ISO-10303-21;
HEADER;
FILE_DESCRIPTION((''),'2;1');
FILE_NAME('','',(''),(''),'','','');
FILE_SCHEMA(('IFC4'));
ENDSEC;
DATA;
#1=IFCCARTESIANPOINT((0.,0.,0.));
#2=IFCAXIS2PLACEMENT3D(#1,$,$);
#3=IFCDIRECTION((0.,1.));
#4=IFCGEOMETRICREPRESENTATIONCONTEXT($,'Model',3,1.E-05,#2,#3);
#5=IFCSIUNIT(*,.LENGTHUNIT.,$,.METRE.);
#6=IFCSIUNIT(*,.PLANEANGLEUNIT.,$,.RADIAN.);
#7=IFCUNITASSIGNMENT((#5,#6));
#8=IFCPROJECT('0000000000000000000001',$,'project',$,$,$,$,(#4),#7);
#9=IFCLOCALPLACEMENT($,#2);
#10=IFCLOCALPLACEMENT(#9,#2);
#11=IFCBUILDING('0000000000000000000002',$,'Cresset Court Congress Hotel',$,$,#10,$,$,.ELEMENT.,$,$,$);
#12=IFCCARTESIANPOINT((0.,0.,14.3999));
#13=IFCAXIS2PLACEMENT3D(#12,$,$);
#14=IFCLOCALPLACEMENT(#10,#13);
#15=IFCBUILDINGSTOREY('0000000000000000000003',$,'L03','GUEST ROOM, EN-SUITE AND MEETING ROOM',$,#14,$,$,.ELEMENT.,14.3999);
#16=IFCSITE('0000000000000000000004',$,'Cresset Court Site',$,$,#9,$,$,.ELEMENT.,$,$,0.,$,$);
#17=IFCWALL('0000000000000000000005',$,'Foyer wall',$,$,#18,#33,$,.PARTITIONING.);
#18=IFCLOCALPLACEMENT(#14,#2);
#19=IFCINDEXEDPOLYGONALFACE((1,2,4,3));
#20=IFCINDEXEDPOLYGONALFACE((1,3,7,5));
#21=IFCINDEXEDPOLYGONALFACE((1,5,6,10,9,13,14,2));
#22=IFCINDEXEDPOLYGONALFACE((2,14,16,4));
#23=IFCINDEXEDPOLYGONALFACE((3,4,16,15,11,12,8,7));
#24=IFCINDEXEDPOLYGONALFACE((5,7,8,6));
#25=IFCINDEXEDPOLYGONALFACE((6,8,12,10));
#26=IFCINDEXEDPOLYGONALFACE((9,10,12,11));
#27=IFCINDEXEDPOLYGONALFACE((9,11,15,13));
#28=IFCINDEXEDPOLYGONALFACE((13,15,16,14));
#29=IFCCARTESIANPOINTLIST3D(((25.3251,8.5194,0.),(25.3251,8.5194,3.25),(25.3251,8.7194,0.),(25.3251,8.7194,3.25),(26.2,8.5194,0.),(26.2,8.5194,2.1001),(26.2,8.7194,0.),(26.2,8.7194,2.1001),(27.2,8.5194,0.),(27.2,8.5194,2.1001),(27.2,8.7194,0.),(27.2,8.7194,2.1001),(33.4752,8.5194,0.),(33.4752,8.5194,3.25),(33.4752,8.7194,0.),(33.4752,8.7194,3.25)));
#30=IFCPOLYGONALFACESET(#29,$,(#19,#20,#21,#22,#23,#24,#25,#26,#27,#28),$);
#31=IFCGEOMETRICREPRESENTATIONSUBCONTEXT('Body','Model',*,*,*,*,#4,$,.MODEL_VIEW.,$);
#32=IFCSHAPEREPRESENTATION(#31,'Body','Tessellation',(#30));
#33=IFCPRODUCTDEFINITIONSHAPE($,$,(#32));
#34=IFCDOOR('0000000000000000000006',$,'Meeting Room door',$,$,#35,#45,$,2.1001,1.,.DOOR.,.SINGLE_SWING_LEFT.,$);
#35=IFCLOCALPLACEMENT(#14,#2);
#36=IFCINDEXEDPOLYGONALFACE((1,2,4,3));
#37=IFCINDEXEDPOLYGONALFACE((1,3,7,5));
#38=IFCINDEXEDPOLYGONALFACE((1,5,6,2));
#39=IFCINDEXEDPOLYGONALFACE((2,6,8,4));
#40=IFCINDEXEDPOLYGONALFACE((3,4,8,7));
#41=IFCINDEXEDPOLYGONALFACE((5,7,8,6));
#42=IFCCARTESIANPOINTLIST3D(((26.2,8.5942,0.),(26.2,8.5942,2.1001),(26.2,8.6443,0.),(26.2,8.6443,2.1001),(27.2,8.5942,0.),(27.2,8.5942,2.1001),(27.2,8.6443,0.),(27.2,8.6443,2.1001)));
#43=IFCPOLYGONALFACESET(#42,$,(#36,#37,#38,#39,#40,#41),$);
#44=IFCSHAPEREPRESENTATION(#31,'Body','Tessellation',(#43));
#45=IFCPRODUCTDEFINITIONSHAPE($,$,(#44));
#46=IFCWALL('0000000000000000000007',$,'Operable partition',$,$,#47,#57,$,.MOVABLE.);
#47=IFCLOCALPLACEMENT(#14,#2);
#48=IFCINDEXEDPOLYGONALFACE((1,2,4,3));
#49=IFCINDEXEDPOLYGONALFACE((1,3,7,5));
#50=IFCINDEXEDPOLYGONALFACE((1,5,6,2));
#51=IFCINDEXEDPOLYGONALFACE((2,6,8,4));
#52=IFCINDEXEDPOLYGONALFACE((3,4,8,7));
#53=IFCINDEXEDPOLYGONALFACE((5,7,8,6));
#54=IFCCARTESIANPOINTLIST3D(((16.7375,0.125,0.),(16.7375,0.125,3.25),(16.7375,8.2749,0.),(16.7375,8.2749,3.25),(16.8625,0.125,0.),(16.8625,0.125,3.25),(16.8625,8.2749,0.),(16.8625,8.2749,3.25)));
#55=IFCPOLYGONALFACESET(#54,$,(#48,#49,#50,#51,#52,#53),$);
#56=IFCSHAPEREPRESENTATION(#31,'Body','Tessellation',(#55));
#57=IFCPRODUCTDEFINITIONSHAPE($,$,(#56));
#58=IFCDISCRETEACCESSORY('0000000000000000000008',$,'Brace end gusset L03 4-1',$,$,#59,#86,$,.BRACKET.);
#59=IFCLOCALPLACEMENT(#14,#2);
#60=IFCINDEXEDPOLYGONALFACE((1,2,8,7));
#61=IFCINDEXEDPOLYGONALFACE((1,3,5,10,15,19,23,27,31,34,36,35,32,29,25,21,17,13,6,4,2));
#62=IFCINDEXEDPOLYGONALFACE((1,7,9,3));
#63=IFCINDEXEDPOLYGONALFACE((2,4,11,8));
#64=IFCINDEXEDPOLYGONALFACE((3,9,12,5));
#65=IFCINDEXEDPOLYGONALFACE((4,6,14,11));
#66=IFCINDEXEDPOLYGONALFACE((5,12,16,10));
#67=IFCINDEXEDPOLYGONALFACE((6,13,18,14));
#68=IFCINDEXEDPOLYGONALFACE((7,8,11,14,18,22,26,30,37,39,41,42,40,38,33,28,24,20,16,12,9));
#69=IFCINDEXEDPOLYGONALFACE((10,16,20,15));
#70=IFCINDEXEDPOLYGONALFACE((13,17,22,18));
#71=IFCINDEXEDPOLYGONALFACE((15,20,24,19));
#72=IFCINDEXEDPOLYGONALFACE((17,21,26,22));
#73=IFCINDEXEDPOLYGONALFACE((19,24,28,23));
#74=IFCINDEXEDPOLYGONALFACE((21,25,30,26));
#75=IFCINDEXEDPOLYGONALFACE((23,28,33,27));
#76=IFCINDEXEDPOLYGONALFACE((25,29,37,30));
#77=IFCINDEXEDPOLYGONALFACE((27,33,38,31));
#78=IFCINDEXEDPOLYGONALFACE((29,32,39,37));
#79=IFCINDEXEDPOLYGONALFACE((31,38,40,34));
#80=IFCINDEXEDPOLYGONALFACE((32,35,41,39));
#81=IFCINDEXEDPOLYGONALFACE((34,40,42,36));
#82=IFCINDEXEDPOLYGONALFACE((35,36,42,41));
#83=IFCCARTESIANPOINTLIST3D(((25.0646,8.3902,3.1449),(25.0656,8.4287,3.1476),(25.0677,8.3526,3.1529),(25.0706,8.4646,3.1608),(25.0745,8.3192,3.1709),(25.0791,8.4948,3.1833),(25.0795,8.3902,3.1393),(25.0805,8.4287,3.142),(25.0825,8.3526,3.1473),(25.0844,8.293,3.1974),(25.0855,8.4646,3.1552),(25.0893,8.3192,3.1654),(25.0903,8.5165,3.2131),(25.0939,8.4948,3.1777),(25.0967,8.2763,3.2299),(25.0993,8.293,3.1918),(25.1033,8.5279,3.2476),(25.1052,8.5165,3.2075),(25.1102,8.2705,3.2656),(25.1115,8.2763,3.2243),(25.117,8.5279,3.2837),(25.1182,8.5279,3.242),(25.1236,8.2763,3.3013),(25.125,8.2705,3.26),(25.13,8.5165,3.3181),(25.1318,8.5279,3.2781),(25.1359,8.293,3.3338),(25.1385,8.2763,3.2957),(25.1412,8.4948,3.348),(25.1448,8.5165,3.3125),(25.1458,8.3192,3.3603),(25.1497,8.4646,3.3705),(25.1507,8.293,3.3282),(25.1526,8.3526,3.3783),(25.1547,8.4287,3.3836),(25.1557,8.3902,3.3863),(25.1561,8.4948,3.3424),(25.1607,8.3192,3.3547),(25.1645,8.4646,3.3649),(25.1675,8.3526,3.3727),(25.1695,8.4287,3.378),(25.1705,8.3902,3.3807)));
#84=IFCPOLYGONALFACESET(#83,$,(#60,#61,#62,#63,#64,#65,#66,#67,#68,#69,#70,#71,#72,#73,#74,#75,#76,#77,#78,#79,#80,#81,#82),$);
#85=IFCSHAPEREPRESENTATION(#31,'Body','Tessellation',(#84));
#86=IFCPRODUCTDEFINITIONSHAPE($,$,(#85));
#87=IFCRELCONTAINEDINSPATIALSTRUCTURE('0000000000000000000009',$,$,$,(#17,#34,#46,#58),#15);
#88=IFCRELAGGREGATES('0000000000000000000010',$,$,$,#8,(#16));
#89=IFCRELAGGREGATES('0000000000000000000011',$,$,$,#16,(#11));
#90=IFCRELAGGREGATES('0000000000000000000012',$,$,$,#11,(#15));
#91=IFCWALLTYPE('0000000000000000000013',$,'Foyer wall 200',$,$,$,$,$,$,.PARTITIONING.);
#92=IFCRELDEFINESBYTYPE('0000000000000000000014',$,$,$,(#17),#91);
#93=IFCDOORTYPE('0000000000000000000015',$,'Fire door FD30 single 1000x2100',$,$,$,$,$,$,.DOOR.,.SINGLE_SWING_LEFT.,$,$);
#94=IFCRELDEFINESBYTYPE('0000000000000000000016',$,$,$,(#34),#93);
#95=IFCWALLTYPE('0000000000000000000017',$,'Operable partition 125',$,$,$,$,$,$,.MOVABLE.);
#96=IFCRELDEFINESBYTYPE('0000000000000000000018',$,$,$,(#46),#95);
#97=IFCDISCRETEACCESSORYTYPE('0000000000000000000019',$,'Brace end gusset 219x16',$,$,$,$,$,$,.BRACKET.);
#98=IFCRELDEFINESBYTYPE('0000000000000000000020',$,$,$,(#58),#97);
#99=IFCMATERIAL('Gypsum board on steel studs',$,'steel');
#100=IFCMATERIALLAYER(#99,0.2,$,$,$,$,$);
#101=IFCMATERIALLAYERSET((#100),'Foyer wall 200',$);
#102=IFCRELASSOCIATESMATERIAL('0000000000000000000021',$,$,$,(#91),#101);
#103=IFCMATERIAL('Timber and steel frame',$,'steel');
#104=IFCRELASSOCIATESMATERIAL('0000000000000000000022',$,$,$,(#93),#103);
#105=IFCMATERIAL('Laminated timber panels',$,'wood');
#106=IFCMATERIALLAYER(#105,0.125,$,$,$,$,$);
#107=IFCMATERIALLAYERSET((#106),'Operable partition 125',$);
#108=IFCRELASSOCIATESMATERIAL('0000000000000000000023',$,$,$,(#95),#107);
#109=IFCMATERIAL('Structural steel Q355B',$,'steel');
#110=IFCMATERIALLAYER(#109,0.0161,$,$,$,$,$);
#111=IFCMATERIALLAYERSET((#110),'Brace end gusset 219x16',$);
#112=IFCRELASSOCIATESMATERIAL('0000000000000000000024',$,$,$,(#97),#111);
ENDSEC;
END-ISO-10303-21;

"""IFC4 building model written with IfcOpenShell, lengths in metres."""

from ifc_helpers import new_model, si_unit, direction, frame, frame_2d, origin, origin_2d, place, context, subcontext, project, spatial, rectangle, circle, extrude, material, layer, layer_set, type_object, element, fill, save


model = new_model("IFC4")

# Units and contexts
model_context = context("Model", 3, precision=1e-05, world=origin(), true_north=direction((0.0, 1.0)))
body_context = subcontext(model_context, "Body", "Model", "MODEL_VIEW")
ifc_project = project(units=[si_unit("LENGTHUNIT", "METRE"), si_unit("PLANEANGLEUNIT", "RADIAN")], contexts=[model_context])

# Site, building, storey
site_placement = place(None, origin())
site = spatial("IfcSite", under=ifc_project, at=site_placement, Name="Cresset Court Site", CompositionType="ELEMENT", RefElevation=0.0)
building_placement = place(site_placement, origin())
building = spatial("IfcBuilding", under=site, at=building_placement, Name="Cresset Court Congress Hotel", CompositionType="ELEMENT")
storey_placement = place(building_placement, frame((0.0, 0.0, 14.3999)))
storey = spatial("IfcBuildingStorey", under=building, at=storey_placement, Name="L03", Description="GUEST ROOM, EN-SUITE AND MEETING ROOM", CompositionType="ELEMENT", Elevation=14.3999)

# Wall, opening, door
ifc_material_1 = material(Name="Gypsum board on steel studs", Category="steel")
ifc_layer_1 = layer(ifc_material_1, 0.2)
ifc_layer_set_1 = layer_set([ifc_layer_1], Name="Foyer wall 200")
wall_type_1 = type_object("IfcWallType", Name="Foyer wall 200", PredefinedType="PARTITIONING", material=ifc_layer_set_1)
wall_1_placement = place(storey_placement, frame((25.325, 8.6194, 0.0), z_axis=(0.0, 0.0, 1.0), x_axis=(1.0, 0.0, 0.0)))
wall_1 = element("IfcWall", 1, at=wall_1_placement, inside=storey, type_object=wall_type_1, Name="Foyer wall", PredefinedType="PARTITIONING", context=body_context, shape_type="SweptSolid", body=[
    extrude(rectangle(XDim=8.1501, YDim=0.2, at=frame_2d((4.0752, 0.0))), origin(), (0.0, 0.0, 1.0), 3.25),
])
opening_1_placement = place(wall_1_placement, frame((0.875, 0.0, 0.0)))
opening_1 = element("IfcOpeningElement", 2, at=opening_1_placement, cuts=wall_1, PredefinedType="OPENING", context=body_context, shape_type="SweptSolid", body=[
    extrude(rectangle(XDim=1.0, YDim=2.1001, at=frame_2d((0.5, 1.05))), frame((0.0, 0.1099, 0.0), z_axis=(0.0, -1.0, 0.0), x_axis=(1.0, 0.0, 0.0)), (0.0, 0.0, 1.0), 0.22),
])
ifc_material_2 = material(Name="Timber and steel frame", Category="steel")
door_type_1 = type_object("IfcDoorType", Name="Fire door FD30 single 1000x2100", OperationType="SINGLE_SWING_LEFT", PredefinedType="DOOR", material=ifc_material_2)
door_1_placement = place(opening_1_placement, origin())
door_1 = element("IfcDoor", 3, at=door_1_placement, inside=storey, type_object=door_type_1, Name="Meeting Room door", OperationType="SINGLE_SWING_LEFT", OverallHeight=2.1001, OverallWidth=1.0, PredefinedType="DOOR", context=body_context, shape_type="SweptSolid", body=[
    extrude(rectangle(XDim=1.0, YDim=2.1001, at=frame_2d((0.5, 1.05))), frame((0.0, 0.0249, 0.0), z_axis=(0.0, -1.0, 0.0), x_axis=(1.0, 0.0, 0.0)), (0.0, 0.0, 1.0), 0.05),
])
fill(opening_1, door_1)

# Wall
ifc_material_3 = material(Name="Laminated timber panels", Category="wood")
ifc_layer_2 = layer(ifc_material_3, 0.125)
ifc_layer_set_2 = layer_set([ifc_layer_2], Name="Operable partition 125")
wall_type_2 = type_object("IfcWallType", Name="Operable partition 125", PredefinedType="MOVABLE", material=ifc_layer_set_2)
wall_2_placement = place(storey_placement, frame((16.8, 0.125, 0.0), z_axis=(0.0, 0.0, 1.0), x_axis=(0.0, 1.0, 0.0)))
element("IfcWall", 4, at=wall_2_placement, inside=storey, type_object=wall_type_2, Name="Operable partition", PredefinedType="MOVABLE", context=body_context, shape_type="SweptSolid", body=[
    extrude(rectangle(XDim=8.1499, YDim=0.125, at=frame_2d((4.075, 0.0))), origin(), (0.0, 0.0, 1.0), 3.25),
])

# Discrete accessory
ifc_material_4 = material(Name="Structural steel Q355B", Category="steel")
ifc_layer_3 = layer(ifc_material_4, 0.0161)
ifc_layer_set_3 = layer_set([ifc_layer_3], Name="Brace end gusset 219x16")
discrete_accessory_type = type_object("IfcDiscreteAccessoryType", Name="Brace end gusset 219x16", PredefinedType="BRACKET", material=ifc_layer_set_3)
discrete_accessory_placement = place(storey_placement, frame((25.125, 8.3999, 3.26), z_axis=(-0.935697, 0.0, 0.352804), x_axis=(0.0, -1.0, 0.0)))
element("IfcDiscreteAccessory", 5, at=discrete_accessory_placement, inside=storey, type_object=discrete_accessory_type, Name="Brace end gusset L03 4-1", PredefinedType="BRACKET", context=body_context, shape_type="SweptSolid", body=[
    extrude(circle(Radius=0.1294, at=origin_2d()), origin(), (0.0, 0.0, 1.0), 0.0159),
])

save(model, "model.ifc")
